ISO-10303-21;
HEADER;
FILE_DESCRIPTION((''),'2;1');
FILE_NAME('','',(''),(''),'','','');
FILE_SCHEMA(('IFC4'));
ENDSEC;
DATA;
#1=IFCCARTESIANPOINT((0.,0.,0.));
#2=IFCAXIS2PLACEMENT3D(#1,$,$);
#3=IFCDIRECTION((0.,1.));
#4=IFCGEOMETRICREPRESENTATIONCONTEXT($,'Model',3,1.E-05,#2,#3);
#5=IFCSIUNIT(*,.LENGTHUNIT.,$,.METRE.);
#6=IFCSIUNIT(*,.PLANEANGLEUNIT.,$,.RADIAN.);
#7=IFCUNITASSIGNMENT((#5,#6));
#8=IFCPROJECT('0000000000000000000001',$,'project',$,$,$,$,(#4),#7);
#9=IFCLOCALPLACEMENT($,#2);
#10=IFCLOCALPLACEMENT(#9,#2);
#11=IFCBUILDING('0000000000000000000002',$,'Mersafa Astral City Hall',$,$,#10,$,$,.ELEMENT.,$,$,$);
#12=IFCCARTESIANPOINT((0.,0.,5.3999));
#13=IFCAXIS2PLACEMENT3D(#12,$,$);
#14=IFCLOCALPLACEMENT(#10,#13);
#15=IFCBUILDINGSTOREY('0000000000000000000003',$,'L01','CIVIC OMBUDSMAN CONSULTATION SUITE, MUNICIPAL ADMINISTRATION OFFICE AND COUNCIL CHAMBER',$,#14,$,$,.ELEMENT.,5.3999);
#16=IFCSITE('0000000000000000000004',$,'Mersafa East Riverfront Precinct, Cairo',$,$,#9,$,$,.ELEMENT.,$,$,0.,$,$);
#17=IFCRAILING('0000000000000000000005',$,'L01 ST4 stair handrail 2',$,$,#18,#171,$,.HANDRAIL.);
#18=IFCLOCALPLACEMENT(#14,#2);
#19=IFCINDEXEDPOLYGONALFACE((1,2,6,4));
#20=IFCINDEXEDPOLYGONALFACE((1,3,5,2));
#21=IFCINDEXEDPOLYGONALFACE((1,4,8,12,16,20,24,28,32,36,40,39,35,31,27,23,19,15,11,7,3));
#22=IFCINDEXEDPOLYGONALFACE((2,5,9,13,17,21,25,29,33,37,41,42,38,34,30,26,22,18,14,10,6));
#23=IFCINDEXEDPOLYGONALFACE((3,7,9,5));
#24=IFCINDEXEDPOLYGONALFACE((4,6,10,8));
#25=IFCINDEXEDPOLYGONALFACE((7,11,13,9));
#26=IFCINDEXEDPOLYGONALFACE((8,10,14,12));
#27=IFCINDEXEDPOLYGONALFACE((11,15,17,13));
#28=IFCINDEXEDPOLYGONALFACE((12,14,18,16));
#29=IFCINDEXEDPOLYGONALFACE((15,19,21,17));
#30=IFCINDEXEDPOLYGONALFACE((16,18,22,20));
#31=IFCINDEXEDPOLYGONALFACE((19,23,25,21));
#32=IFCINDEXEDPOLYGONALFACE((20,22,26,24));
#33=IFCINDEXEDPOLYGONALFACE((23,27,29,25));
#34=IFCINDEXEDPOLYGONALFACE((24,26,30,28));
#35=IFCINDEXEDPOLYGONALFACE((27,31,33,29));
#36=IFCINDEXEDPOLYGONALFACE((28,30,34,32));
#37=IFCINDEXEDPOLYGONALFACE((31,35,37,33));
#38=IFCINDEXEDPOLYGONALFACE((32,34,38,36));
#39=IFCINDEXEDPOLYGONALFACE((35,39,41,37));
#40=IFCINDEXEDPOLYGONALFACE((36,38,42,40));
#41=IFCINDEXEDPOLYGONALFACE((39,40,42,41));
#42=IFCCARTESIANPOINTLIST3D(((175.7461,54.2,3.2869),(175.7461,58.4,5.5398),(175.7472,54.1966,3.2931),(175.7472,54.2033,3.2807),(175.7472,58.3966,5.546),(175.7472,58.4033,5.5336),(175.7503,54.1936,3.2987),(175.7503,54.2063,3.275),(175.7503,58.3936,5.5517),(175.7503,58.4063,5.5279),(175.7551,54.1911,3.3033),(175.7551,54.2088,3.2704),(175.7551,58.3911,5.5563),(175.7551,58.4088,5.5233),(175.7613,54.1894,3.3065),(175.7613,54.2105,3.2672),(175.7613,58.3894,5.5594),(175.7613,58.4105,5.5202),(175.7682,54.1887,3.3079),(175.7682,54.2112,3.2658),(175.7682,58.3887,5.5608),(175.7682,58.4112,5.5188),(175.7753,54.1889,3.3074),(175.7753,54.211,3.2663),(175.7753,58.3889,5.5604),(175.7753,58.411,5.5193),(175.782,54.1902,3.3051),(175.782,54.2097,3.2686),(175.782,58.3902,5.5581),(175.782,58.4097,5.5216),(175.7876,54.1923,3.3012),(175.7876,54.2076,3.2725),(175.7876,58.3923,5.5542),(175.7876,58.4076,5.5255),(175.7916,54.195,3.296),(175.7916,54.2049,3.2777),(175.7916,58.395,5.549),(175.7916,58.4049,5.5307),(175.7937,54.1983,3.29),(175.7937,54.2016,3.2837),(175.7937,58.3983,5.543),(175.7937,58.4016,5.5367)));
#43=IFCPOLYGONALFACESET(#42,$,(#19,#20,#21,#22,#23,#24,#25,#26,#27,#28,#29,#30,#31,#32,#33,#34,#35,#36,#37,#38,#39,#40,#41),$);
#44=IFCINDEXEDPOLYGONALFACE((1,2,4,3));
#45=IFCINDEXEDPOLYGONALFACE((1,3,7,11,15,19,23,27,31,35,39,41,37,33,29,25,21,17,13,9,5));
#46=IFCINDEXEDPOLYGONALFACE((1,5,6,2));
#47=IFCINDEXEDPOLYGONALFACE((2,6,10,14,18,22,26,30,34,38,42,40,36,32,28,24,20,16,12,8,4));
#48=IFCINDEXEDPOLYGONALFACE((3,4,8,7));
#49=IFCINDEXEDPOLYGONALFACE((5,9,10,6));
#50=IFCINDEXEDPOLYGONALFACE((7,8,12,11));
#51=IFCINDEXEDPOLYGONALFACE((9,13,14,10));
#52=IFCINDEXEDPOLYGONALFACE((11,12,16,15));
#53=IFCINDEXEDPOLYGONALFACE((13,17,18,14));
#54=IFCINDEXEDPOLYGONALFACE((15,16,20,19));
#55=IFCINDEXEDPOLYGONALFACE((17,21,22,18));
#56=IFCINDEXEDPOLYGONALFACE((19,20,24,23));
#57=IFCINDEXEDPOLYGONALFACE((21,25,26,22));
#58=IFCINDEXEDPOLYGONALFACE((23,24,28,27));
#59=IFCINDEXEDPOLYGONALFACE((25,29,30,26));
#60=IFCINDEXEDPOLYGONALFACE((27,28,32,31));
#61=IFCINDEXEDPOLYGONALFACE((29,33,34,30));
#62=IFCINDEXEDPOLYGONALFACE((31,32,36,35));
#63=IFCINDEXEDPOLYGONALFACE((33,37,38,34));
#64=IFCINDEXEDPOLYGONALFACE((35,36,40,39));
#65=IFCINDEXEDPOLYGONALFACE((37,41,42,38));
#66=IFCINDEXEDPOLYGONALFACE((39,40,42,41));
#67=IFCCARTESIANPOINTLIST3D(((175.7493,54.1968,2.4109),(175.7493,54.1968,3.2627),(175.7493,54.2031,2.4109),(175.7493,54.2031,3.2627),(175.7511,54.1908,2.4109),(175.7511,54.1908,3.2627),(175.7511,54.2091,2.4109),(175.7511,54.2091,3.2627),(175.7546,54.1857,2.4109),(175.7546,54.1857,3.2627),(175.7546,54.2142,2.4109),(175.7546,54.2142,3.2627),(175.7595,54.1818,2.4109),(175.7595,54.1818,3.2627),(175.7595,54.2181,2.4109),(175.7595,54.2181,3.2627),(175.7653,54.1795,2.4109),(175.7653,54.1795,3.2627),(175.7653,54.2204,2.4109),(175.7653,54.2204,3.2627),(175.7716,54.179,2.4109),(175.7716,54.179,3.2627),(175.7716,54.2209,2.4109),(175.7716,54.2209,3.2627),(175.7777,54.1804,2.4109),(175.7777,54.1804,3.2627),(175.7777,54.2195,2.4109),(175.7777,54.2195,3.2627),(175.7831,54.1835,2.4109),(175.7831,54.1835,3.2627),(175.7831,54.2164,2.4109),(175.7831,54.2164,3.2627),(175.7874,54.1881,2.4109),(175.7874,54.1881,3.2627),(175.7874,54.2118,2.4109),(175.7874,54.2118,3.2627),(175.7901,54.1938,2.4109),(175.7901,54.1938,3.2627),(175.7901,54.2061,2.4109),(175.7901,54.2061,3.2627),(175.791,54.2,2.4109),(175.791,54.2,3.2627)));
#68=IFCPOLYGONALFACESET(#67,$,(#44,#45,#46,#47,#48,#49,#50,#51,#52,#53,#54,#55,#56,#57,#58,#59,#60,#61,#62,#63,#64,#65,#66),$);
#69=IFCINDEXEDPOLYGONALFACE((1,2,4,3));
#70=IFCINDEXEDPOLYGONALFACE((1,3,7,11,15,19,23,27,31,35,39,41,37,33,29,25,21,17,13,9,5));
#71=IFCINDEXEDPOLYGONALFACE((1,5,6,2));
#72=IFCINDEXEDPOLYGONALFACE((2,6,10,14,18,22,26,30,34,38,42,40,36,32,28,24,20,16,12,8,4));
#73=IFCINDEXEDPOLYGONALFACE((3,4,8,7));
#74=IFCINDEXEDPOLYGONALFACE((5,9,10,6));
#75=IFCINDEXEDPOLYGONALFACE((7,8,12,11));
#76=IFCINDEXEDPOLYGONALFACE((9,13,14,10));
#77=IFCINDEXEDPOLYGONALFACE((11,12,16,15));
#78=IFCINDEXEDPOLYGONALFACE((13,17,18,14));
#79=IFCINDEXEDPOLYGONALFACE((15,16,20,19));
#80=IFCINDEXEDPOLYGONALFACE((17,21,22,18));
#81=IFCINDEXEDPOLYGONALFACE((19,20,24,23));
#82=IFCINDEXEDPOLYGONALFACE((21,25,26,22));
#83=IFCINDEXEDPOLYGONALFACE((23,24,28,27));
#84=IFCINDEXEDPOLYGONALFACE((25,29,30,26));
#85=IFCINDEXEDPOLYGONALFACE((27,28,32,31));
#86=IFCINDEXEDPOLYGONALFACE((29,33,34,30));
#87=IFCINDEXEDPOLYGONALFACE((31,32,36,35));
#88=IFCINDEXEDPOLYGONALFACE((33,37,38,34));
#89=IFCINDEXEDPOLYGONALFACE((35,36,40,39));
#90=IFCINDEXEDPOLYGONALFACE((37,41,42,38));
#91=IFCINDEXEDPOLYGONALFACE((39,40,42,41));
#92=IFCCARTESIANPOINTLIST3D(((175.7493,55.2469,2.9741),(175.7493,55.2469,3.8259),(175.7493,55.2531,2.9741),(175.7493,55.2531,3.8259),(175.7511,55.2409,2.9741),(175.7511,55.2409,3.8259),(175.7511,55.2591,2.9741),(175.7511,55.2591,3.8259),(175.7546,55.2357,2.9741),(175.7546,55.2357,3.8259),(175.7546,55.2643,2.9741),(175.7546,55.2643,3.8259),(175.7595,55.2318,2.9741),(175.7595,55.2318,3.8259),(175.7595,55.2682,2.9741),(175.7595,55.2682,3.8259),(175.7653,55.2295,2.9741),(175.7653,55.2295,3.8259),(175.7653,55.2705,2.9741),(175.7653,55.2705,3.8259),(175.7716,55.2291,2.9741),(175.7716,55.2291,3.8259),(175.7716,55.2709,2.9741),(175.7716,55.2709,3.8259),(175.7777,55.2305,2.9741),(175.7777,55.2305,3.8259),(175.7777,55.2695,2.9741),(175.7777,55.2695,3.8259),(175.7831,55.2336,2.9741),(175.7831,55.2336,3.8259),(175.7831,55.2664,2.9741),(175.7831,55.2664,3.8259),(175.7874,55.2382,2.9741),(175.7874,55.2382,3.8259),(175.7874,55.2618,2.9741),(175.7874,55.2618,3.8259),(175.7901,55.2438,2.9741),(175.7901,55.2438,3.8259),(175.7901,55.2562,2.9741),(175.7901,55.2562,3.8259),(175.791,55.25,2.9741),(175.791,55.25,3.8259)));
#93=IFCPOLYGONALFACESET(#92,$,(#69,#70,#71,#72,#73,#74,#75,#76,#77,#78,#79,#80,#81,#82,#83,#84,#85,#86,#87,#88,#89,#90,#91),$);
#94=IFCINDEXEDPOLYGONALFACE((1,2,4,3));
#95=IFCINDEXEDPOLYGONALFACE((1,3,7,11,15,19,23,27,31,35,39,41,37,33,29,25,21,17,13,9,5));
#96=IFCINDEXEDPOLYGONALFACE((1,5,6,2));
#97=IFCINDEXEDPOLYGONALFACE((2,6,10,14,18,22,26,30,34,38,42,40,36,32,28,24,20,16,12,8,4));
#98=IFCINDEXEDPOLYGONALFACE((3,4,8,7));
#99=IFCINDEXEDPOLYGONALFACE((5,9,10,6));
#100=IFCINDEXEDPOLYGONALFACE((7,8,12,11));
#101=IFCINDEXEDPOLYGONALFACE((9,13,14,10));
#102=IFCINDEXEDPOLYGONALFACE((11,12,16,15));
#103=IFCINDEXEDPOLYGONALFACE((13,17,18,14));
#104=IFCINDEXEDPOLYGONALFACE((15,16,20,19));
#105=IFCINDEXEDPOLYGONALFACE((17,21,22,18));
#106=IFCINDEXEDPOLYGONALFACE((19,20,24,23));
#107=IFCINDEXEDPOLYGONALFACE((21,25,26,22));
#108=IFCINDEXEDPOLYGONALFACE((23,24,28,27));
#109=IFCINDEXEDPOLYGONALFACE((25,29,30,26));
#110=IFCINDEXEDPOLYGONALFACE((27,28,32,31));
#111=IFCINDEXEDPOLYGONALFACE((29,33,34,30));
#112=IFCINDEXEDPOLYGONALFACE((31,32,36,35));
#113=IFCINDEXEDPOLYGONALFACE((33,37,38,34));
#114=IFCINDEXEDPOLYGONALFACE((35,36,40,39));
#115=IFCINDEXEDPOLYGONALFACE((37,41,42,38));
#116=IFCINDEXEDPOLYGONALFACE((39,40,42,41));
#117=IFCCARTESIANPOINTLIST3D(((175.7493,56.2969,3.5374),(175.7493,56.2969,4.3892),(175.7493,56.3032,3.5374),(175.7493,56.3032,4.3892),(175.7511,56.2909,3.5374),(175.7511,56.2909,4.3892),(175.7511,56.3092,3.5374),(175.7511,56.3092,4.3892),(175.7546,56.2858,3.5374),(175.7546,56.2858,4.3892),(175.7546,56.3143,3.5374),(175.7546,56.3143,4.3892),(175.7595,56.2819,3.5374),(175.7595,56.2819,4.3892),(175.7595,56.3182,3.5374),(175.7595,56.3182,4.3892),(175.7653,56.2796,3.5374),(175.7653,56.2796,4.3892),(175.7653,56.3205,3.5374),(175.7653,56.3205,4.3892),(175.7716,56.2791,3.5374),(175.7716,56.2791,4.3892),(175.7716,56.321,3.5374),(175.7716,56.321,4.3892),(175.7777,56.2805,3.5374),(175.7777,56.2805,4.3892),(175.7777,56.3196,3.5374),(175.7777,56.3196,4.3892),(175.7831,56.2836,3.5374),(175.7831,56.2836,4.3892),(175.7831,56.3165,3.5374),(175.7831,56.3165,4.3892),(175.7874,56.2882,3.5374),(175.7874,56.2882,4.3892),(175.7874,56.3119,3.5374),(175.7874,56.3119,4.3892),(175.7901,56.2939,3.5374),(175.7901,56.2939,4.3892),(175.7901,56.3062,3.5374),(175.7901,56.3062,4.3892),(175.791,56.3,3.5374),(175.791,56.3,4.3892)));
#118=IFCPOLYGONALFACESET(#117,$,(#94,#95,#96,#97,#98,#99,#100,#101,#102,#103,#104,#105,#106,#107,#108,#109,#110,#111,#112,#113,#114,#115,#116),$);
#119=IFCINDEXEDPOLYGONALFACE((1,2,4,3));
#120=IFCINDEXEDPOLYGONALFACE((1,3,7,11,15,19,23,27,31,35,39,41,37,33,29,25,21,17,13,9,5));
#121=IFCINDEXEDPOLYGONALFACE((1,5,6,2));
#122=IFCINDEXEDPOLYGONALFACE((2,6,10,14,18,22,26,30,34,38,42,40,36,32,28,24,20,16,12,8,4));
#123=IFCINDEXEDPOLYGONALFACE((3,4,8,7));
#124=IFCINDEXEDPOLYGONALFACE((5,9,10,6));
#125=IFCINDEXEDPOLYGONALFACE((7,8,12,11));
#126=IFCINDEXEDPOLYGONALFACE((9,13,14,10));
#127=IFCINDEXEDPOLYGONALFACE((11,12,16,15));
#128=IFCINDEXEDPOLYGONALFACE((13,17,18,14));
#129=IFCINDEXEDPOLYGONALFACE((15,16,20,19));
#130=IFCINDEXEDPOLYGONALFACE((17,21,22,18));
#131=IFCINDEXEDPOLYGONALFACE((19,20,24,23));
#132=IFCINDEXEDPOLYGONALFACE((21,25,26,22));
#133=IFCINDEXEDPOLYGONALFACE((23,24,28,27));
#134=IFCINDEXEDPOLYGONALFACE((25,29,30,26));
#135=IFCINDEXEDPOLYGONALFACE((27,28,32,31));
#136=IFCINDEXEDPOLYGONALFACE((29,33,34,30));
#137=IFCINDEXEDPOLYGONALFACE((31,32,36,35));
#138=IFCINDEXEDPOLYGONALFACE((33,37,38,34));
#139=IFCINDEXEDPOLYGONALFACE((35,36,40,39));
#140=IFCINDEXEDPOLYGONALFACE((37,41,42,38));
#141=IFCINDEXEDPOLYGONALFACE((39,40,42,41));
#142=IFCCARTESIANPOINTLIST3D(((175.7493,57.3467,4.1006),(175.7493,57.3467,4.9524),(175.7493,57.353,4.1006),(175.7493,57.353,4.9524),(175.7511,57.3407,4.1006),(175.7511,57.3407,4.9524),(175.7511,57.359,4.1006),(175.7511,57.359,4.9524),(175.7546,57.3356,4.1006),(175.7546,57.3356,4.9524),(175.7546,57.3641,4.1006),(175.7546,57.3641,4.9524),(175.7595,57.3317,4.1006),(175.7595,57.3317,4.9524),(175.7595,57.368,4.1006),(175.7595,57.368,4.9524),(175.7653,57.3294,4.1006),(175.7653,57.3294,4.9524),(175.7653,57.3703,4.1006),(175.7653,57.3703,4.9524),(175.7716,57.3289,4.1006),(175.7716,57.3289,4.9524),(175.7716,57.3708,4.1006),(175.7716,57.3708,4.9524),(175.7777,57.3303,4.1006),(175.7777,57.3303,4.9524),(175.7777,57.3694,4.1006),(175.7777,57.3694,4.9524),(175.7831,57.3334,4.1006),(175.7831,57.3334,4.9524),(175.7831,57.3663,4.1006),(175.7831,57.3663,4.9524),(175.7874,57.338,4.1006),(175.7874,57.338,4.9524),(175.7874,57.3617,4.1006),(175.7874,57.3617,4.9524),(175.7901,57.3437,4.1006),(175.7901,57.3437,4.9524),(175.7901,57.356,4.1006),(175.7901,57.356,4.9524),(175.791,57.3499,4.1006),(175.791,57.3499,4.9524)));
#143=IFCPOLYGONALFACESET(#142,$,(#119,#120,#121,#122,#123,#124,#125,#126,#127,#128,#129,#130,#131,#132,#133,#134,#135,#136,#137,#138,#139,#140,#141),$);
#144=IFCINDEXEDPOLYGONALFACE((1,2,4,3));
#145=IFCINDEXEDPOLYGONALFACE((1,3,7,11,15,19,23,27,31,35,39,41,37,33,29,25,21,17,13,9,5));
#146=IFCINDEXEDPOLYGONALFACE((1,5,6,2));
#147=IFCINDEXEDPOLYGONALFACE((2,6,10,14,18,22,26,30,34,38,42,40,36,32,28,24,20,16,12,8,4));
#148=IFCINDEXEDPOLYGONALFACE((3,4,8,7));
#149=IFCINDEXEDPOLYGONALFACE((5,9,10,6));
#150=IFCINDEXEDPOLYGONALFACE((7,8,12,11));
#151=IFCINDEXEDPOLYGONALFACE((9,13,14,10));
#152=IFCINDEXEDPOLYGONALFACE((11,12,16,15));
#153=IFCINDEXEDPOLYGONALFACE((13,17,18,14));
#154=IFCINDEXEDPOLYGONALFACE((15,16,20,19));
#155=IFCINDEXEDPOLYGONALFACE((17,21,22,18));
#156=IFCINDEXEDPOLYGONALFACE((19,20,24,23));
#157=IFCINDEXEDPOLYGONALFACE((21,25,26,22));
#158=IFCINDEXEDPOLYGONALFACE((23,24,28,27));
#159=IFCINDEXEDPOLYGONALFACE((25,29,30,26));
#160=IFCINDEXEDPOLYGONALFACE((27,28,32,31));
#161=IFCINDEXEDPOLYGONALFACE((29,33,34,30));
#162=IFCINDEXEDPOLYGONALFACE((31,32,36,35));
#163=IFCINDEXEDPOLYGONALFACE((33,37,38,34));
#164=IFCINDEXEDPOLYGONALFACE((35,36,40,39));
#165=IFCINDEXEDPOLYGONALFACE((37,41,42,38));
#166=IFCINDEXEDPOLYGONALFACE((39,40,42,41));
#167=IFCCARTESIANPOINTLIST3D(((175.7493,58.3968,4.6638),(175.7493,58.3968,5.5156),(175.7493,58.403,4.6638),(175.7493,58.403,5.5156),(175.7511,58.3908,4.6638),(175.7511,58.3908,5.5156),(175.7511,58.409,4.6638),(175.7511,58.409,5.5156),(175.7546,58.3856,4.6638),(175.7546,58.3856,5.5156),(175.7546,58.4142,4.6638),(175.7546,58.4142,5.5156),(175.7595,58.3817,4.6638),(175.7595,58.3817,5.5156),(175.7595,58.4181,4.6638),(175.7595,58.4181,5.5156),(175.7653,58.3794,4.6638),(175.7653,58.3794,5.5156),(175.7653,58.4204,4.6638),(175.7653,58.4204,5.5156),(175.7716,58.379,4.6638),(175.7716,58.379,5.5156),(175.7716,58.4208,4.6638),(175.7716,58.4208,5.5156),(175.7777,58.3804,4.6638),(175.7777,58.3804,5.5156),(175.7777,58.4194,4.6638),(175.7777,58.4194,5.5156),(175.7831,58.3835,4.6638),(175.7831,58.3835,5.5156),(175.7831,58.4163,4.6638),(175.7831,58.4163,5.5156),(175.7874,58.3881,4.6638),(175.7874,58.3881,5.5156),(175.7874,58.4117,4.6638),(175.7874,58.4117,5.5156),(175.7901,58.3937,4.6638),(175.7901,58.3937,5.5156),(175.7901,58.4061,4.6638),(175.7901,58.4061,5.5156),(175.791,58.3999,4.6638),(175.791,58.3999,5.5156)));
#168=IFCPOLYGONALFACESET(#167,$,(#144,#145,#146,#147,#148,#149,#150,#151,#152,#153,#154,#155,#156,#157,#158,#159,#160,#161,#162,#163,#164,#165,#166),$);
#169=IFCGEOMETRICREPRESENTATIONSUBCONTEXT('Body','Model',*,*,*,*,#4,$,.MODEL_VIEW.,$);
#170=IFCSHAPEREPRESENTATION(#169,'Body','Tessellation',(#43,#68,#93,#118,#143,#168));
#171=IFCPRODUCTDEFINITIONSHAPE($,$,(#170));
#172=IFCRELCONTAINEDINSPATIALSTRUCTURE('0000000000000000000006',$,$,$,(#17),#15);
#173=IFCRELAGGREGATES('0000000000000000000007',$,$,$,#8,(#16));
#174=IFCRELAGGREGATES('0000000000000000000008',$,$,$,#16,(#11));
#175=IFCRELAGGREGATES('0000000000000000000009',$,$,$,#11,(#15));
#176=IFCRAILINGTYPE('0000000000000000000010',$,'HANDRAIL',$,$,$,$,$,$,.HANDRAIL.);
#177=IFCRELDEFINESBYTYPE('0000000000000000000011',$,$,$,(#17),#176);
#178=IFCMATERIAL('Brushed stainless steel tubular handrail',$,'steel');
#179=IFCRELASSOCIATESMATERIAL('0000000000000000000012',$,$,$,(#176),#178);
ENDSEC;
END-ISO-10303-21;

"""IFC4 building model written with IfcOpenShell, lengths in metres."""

from ifc_helpers import new_model, si_unit, direction, frame, origin, origin_2d, place, context, subcontext, project, spatial, circle, extrude, material, type_object, element, save


model = new_model("IFC4")

# Units and contexts
model_context = context("Model", 3, precision=1e-05, world=origin(), true_north=direction((0.0, 1.0)))
body_context = subcontext(model_context, "Body", "Model", "MODEL_VIEW")
ifc_project = project(units=[si_unit("LENGTHUNIT", "METRE"), si_unit("PLANEANGLEUNIT", "RADIAN")], contexts=[model_context])

# Site, building, storey
site_placement = place(None, origin())
site = spatial("IfcSite", under=ifc_project, at=site_placement, Name="Mersafa East Riverfront Precinct, Cairo", CompositionType="ELEMENT", RefElevation=0.0)
building_placement = place(site_placement, origin())
building = spatial("IfcBuilding", under=site, at=building_placement, Name="Mersafa Astral City Hall", CompositionType="ELEMENT")
storey_placement = place(building_placement, frame((0.0, 0.0, 5.3999)))
storey = spatial("IfcBuildingStorey", under=building, at=storey_placement, Name="L01", Description="CIVIC OMBUDSMAN CONSULTATION SUITE, MUNICIPAL ADMINISTRATION OFFICE AND COUNCIL CHAMBER", CompositionType="ELEMENT", Elevation=5.3999)

# Railing
ifc_material_1 = material(Name="Brushed stainless steel tubular handrail", Category="steel")
railing_type_1 = type_object("IfcRailingType", Name="HANDRAIL", PredefinedType="HANDRAIL", material=ifc_material_1)
railing_1_placement = place(storey_placement, frame((175.77, 54.2, 2.4109)))
element("IfcRailing", 1, at=railing_1_placement, inside=storey, type_object=railing_type_1, Name="L01 ST4 stair handrail 2", PredefinedType="HANDRAIL", context=body_context, shape_type="SweptSolid", body=[
    extrude(circle(Radius=0.0239, at=origin_2d()), frame((0.0, 0.0, 0.876), z_axis=(0.0, 0.881222, 0.472703), x_axis=(-1.0, 0.0, 0.0)), (0.0, 0.0, 1.0), 4.7661),
    extrude(circle(Radius=0.021, at=origin_2d()), origin(), (0.0, 0.0, 1.0), 0.8518),
    extrude(circle(Radius=0.021, at=origin_2d()), frame((0.0, 1.05, 0.5632)), (0.0, 0.0, 1.0), 0.8518),
    extrude(circle(Radius=0.021, at=origin_2d()), frame((0.0, 2.1001, 1.1265)), (0.0, 0.0, 1.0), 0.8518),
    extrude(circle(Radius=0.021, at=origin_2d()), frame((0.0, 3.1499, 1.6897)), (0.0, 0.0, 1.0), 0.8518),
    extrude(circle(Radius=0.021, at=origin_2d()), frame((0.0, 4.2, 2.2529)), (0.0, 0.0, 1.0), 0.8518),
])

save(model, "model.ifc")
